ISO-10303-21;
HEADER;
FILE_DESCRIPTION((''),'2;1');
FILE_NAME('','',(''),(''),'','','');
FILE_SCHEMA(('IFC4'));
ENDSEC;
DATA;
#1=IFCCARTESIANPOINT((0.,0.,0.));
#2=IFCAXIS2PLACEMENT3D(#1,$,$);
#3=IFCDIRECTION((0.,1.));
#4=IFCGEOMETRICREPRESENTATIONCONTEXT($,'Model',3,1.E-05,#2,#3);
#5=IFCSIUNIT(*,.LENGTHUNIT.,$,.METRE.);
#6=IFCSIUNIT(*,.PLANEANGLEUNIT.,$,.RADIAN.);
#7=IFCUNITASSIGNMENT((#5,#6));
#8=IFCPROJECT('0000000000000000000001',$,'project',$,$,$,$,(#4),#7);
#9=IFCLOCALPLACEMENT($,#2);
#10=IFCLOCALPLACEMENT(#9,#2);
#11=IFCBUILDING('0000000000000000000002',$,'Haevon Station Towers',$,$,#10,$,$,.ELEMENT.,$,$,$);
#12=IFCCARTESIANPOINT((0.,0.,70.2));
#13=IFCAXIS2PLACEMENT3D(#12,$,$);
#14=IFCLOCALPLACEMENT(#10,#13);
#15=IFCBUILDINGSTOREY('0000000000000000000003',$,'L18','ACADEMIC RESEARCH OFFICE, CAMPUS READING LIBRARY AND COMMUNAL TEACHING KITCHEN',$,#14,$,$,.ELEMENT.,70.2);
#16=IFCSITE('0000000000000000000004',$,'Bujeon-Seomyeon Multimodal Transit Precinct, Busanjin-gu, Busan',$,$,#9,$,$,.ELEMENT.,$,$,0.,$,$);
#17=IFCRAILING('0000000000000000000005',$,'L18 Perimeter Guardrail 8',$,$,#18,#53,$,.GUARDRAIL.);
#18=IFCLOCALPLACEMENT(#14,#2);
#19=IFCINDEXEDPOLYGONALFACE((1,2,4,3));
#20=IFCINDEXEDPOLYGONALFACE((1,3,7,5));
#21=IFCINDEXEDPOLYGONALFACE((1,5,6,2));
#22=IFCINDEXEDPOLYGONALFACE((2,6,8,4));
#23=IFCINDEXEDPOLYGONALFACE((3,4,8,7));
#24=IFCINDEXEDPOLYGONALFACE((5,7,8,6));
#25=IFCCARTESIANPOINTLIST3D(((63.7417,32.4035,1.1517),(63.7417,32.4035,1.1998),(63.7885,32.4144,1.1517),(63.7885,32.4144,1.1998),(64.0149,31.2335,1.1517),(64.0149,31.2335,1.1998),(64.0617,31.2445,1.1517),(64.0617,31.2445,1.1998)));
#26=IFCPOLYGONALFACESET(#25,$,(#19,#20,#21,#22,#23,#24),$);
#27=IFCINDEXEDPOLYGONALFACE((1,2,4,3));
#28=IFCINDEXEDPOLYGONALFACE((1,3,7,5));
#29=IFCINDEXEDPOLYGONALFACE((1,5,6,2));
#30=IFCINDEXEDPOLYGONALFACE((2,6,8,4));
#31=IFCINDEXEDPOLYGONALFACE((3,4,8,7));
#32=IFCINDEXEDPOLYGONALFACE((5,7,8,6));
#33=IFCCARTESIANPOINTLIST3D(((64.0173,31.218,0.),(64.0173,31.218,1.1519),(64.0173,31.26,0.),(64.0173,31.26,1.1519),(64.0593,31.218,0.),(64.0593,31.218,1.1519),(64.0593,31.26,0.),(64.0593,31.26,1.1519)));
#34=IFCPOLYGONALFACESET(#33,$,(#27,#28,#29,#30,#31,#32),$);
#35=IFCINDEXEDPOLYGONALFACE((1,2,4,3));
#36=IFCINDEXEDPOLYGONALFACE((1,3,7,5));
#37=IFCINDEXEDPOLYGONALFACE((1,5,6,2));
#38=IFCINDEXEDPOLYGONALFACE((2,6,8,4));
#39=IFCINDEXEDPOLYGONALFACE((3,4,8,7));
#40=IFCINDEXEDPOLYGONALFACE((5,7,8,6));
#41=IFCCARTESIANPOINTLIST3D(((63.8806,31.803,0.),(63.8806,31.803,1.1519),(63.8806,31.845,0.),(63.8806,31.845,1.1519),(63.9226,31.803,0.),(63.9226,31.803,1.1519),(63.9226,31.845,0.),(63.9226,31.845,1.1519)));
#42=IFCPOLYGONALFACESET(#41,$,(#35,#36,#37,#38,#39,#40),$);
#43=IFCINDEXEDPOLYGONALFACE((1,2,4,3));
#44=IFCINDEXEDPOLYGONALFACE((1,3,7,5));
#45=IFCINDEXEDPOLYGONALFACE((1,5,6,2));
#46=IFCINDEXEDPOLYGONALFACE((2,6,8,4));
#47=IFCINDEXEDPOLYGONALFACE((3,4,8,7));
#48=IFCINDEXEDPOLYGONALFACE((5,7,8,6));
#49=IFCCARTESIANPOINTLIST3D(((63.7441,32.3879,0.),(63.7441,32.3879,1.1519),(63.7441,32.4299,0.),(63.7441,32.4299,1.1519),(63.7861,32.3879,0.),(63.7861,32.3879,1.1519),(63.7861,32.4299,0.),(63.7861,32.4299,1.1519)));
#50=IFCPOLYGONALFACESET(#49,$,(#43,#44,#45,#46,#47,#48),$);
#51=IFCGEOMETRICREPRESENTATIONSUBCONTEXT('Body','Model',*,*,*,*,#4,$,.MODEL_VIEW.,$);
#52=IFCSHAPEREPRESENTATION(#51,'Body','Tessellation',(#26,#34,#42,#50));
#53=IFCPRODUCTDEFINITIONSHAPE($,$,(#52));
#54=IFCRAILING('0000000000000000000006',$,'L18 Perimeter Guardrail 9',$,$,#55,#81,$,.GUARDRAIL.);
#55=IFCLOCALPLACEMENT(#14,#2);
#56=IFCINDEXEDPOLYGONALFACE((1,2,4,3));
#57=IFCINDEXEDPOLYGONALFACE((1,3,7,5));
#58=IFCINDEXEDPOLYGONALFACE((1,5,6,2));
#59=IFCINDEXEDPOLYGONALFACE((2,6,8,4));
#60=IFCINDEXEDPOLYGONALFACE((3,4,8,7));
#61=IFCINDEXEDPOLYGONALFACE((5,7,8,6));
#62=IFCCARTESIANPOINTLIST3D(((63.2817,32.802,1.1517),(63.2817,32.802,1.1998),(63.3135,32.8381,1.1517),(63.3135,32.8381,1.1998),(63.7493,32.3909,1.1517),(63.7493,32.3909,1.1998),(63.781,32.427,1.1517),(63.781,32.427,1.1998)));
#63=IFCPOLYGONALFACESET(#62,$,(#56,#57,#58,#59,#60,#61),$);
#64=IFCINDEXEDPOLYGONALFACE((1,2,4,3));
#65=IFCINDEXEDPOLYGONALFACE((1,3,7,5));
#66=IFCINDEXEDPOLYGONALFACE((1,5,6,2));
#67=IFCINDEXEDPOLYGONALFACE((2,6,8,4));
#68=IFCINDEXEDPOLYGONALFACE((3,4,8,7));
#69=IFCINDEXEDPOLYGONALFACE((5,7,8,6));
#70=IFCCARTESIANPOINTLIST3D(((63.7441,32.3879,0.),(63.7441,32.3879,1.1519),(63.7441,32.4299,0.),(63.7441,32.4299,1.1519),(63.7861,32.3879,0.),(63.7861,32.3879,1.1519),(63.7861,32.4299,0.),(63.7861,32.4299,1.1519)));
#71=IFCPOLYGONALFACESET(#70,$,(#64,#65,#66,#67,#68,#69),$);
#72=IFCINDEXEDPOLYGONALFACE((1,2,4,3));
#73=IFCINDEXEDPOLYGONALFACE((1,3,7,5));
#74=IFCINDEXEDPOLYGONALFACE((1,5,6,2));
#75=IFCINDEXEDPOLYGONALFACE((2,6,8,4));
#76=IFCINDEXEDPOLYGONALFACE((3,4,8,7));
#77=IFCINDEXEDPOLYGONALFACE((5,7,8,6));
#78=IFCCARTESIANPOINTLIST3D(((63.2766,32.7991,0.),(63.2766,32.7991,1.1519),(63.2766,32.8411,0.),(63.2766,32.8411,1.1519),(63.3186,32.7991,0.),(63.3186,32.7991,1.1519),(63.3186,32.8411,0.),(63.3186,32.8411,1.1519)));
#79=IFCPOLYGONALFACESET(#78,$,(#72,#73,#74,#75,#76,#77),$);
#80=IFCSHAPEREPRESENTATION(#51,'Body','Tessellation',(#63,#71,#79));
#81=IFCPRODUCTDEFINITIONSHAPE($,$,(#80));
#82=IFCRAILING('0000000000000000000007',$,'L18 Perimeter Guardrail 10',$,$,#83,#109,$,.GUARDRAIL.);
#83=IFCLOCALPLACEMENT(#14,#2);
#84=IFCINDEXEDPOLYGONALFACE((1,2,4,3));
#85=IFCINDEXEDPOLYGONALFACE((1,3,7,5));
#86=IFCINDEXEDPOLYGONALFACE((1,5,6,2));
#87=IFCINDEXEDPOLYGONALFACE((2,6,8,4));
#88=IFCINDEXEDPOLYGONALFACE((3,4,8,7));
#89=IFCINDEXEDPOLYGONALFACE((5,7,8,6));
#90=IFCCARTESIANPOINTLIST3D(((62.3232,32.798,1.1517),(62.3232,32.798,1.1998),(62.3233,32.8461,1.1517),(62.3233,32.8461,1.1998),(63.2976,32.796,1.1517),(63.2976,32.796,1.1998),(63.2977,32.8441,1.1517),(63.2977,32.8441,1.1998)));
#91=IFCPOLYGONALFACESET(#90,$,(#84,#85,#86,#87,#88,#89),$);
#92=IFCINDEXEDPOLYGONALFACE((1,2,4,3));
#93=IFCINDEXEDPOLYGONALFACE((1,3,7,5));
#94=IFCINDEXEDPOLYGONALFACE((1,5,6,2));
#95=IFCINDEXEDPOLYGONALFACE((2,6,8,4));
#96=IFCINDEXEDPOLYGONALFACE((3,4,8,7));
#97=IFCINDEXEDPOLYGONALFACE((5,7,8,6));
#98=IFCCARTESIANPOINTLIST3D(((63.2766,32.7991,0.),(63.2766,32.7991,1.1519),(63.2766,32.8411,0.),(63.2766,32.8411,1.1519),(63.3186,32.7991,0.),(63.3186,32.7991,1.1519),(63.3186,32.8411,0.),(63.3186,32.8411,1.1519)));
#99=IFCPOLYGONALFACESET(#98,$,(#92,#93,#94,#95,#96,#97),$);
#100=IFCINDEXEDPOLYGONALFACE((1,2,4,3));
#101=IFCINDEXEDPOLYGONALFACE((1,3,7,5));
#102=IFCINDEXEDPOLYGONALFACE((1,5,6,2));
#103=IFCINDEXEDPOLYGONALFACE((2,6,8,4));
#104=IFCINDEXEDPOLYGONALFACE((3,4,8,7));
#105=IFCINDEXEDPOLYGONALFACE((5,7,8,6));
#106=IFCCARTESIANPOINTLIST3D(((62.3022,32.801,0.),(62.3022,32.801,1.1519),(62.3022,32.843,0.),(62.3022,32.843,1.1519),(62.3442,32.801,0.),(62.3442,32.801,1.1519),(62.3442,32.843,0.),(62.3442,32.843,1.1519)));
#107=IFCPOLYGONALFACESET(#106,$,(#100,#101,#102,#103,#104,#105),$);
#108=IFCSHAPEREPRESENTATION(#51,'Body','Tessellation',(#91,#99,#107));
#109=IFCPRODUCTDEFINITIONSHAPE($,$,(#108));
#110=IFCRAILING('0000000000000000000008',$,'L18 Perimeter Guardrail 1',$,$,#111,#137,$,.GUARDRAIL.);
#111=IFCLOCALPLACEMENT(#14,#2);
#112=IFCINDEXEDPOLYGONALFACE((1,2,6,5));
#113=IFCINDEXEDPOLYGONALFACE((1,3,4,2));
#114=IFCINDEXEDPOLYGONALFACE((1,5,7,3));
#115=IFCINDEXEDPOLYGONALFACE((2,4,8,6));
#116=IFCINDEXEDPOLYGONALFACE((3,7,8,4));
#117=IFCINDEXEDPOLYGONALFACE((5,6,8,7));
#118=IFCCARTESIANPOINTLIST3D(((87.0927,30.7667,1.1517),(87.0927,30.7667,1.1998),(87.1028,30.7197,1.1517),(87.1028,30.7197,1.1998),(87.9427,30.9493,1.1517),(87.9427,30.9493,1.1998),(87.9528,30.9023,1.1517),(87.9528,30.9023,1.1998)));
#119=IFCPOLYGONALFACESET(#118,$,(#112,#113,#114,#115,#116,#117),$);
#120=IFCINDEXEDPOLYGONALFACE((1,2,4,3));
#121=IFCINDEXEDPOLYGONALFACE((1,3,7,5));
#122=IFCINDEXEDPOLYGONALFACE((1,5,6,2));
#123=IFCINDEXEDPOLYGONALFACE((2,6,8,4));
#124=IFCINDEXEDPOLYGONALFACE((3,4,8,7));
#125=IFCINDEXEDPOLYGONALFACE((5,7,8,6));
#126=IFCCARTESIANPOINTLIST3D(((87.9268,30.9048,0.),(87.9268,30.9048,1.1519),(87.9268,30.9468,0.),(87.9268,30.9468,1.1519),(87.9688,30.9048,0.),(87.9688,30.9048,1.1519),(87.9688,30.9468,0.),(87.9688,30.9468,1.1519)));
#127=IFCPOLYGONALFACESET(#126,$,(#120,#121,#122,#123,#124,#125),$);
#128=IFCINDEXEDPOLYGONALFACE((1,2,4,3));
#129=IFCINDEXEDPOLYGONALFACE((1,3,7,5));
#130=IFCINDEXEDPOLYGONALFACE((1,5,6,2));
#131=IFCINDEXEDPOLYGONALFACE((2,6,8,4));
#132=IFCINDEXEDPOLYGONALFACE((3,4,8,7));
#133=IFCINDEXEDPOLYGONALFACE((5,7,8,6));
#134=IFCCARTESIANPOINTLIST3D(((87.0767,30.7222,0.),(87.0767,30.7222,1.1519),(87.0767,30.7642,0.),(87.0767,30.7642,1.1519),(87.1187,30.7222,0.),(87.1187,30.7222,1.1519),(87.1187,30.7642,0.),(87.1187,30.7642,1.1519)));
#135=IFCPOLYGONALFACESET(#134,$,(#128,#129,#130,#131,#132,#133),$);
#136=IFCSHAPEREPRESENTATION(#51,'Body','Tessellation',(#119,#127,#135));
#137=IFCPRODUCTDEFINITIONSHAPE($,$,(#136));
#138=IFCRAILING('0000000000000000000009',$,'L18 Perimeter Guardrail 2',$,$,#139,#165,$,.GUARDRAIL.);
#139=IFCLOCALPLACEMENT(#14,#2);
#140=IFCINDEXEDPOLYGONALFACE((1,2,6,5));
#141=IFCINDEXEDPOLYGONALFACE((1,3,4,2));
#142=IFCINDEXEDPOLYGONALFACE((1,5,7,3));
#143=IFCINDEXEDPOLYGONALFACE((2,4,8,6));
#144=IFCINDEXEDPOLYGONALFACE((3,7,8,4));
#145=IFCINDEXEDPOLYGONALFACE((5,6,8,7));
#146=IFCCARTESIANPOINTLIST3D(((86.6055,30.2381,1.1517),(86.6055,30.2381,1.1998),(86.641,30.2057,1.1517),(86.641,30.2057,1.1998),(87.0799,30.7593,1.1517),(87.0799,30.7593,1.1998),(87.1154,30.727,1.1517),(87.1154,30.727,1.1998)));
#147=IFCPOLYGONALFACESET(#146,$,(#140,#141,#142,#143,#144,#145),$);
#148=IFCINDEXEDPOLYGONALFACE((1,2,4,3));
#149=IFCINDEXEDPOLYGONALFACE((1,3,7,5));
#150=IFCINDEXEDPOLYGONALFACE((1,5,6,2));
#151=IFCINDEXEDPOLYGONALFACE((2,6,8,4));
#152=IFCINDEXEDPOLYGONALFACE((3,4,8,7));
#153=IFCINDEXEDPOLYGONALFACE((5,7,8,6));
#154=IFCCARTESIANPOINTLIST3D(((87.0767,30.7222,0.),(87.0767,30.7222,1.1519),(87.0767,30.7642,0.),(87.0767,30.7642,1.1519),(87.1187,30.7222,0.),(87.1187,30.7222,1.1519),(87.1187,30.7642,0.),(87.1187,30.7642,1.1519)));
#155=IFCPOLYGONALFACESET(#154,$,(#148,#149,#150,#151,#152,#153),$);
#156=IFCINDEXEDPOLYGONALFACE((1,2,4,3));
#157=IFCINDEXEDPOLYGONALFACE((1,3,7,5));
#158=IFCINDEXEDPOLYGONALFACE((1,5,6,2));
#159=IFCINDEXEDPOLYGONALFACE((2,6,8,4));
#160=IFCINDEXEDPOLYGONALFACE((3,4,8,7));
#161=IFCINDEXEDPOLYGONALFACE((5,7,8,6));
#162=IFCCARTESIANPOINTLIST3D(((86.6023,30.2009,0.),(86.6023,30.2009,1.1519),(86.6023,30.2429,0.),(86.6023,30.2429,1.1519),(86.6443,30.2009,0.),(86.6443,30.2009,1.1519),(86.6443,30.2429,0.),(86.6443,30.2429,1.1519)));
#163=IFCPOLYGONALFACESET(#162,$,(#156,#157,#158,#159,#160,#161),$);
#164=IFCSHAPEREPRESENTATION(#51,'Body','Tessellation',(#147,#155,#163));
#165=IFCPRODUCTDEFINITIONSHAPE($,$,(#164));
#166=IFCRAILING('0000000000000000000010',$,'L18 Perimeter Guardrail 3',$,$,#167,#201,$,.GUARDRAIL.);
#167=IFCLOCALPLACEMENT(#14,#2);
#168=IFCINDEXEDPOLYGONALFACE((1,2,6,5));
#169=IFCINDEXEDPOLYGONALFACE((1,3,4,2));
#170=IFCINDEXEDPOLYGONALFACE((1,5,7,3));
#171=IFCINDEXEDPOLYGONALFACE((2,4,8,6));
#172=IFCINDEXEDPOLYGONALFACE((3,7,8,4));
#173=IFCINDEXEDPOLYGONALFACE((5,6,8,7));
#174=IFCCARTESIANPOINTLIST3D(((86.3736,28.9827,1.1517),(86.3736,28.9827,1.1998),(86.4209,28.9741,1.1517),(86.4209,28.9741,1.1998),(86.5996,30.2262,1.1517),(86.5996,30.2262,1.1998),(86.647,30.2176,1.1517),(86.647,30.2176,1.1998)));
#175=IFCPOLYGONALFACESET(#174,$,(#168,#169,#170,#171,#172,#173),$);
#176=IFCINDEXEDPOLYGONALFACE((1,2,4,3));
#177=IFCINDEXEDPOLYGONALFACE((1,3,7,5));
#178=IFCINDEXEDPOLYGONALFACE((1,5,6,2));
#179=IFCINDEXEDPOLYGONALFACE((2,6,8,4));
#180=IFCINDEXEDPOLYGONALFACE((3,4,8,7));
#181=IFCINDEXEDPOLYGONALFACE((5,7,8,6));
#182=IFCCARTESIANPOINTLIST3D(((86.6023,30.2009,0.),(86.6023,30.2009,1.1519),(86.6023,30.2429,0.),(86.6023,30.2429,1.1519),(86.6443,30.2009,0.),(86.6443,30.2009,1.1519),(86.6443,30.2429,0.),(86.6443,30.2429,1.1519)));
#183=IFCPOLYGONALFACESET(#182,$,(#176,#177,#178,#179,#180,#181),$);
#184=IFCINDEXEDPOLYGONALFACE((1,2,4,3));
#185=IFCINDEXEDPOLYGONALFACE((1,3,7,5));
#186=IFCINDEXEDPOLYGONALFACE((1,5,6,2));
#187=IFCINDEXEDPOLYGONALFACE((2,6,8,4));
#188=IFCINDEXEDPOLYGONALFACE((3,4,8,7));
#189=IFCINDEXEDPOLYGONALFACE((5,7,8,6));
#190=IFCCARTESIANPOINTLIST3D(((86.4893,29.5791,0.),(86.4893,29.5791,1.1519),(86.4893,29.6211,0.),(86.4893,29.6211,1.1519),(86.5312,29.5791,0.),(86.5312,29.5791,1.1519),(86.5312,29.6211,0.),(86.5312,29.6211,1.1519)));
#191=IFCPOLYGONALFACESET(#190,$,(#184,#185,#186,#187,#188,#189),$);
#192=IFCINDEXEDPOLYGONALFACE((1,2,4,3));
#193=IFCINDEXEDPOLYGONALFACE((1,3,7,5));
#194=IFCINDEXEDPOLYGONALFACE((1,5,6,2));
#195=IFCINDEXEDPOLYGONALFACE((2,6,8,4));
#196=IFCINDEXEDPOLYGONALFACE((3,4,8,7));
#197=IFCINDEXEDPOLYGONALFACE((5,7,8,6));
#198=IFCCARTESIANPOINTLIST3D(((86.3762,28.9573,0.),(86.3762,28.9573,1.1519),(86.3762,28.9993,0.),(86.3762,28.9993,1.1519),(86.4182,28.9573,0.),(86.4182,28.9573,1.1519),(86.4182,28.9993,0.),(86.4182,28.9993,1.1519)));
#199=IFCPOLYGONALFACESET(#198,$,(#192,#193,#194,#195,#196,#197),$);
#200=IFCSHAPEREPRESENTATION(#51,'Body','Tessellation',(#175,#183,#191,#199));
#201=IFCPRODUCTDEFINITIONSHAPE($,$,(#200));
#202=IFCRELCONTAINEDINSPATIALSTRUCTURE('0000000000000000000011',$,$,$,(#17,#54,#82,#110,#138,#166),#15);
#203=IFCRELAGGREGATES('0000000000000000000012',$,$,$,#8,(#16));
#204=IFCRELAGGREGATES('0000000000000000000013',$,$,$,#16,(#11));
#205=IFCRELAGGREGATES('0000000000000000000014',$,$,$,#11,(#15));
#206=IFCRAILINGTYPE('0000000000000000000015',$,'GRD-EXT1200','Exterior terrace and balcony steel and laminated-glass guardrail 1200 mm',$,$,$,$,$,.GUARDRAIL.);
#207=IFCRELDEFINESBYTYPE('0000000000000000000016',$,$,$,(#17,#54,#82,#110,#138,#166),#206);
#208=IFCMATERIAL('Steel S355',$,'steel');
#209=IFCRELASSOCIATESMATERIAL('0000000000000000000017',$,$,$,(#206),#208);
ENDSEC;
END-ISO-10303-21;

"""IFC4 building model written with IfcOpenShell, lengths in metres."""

from ifc_helpers import new_model, si_unit, direction, frame, origin, origin_2d, place, context, subcontext, project, spatial, rectangle, extrude, material, type_object, element, save


model = new_model("IFC4")

# Units and contexts
model_context = context("Model", 3, precision=1e-05, world=origin(), true_north=direction((0.0, 1.0)))
body_context = subcontext(model_context, "Body", "Model", "MODEL_VIEW")
ifc_project = project(units=[si_unit("LENGTHUNIT", "METRE"), si_unit("PLANEANGLEUNIT", "RADIAN")], contexts=[model_context])

# Site, building, storey
site_placement = place(None, origin())
site = spatial("IfcSite", under=ifc_project, at=site_placement, Name="Bujeon-Seomyeon Multimodal Transit Precinct, Busanjin-gu, Busan", CompositionType="ELEMENT", RefElevation=0.0)
building_placement = place(site_placement, origin())
building = spatial("IfcBuilding", under=site, at=building_placement, Name="Haevon Station Towers", CompositionType="ELEMENT")
storey_placement = place(building_placement, frame((0.0, 0.0, 70.2)))
storey = spatial("IfcBuildingStorey", under=building, at=storey_placement, Name="L18", Description="ACADEMIC RESEARCH OFFICE, CAMPUS READING LIBRARY AND COMMUNAL TEACHING KITCHEN", CompositionType="ELEMENT", Elevation=70.2)

# Shared definitions
ifc_material_1 = material(Name="Steel S355", Category="steel")

# Railings
railing_type = type_object("IfcRailingType", Name="GRD-EXT1200", Description="Exterior terrace and balcony steel and laminated-glass guardrail 1200 mm", PredefinedType="GUARDRAIL", material=ifc_material_1)
railing_1_placement = place(storey_placement, frame((64.0383, 31.239, 0.0)))
element("IfcRailing", 1, at=railing_1_placement, inside=storey, type_object=railing_type, Name="L18 Perimeter Guardrail 8", PredefinedType="GUARDRAIL", context=body_context, shape_type="SweptSolid", body=[
    extrude(rectangle(XDim=0.0481, YDim=0.0481, at=origin_2d()), frame((0.0, 0.0, 1.1758), z_axis=(-0.227397, 0.973802, 0.0), x_axis=(-0.973802, -0.227397, 0.0)), (0.0, 0.0, 1.0), 1.2014),
    extrude(rectangle(XDim=0.042, YDim=0.042, at=origin_2d()), origin(), (0.0, 0.0, 1.0), 1.1519),
    extrude(rectangle(XDim=0.042, YDim=0.042, at=origin_2d()), frame((-0.1367, 0.585, 0.0)), (0.0, 0.0, 1.0), 1.1519),
    extrude(rectangle(XDim=0.042, YDim=0.042, at=origin_2d()), frame((-0.2732, 1.1699, 0.0)), (0.0, 0.0, 1.0), 1.1519),
])
railing_2_placement = place(storey_placement, frame((63.7651, 32.4089, 0.0)))
element("IfcRailing", 2, at=railing_2_placement, inside=storey, type_object=railing_type, Name="L18 Perimeter Guardrail 9", PredefinedType="GUARDRAIL", context=body_context, shape_type="SweptSolid", body=[
    extrude(rectangle(XDim=0.0481, YDim=0.0481, at=origin_2d()), frame((0.0, 0.0, 1.1758), z_axis=(-0.750947, 0.660363, 0.0), x_axis=(-0.660363, -0.750947, 0.0)), (0.0, 0.0, 1.0), 0.6226),
    extrude(rectangle(XDim=0.042, YDim=0.042, at=origin_2d()), origin(), (0.0, 0.0, 1.0), 1.1519),
    extrude(rectangle(XDim=0.042, YDim=0.042, at=origin_2d()), frame((-0.4675, 0.4111, 0.0)), (0.0, 0.0, 1.0), 1.1519),
])
railing_3_placement = place(storey_placement, frame((63.2976, 32.8201, 0.0)))
element("IfcRailing", 3, at=railing_3_placement, inside=storey, type_object=railing_type, Name="L18 Perimeter Guardrail 10", PredefinedType="GUARDRAIL", context=body_context, shape_type="SweptSolid", body=[
    extrude(rectangle(XDim=0.0481, YDim=0.0481, at=origin_2d()), frame((0.0, 0.0, 1.1758), z_axis=(-0.999998, 0.002005, 0.0), x_axis=(-0.002005, -0.999998, 0.0)), (0.0, 0.0, 1.0), 0.9744),
    extrude(rectangle(XDim=0.042, YDim=0.042, at=origin_2d()), origin(), (0.0, 0.0, 1.0), 1.1519),
    extrude(rectangle(XDim=0.042, YDim=0.042, at=origin_2d()), frame((-0.9744, 0.002, 0.0)), (0.0, 0.0, 1.0), 1.1519),
])
railing_4_placement = place(storey_placement, frame((87.9478, 30.9258, 0.0)))
element("IfcRailing", 4, at=railing_4_placement, inside=storey, type_object=railing_type, Name="L18 Perimeter Guardrail 1", PredefinedType="GUARDRAIL", context=body_context, shape_type="SweptSolid", body=[
    extrude(rectangle(XDim=0.0481, YDim=0.0481, at=origin_2d()), frame((0.0, 0.0, 1.1758), z_axis=(-0.977695, -0.210028, 0.0), x_axis=(0.210028, -0.977695, 0.0)), (0.0, 0.0, 1.0), 0.8694),
    extrude(rectangle(XDim=0.042, YDim=0.042, at=origin_2d()), origin(), (0.0, 0.0, 1.0), 1.1519),
    extrude(rectangle(XDim=0.042, YDim=0.042, at=origin_2d()), frame((-0.8501, -0.1826, 0.0)), (0.0, 0.0, 1.0), 1.1519),
])
railing_5_placement = place(storey_placement, frame((87.0977, 30.7432, 0.0)))
element("IfcRailing", 5, at=railing_5_placement, inside=storey, type_object=railing_type, Name="L18 Perimeter Guardrail 2", PredefinedType="GUARDRAIL", context=body_context, shape_type="SweptSolid", body=[
    extrude(rectangle(XDim=0.0481, YDim=0.0481, at=origin_2d()), frame((0.0, 0.0, 1.1758), z_axis=(-0.673069, -0.739579, 0.0), x_axis=(0.739579, -0.673069, 0.0)), (0.0, 0.0, 1.0), 0.7048),
    extrude(rectangle(XDim=0.042, YDim=0.042, at=origin_2d()), origin(), (0.0, 0.0, 1.0), 1.1519),
    extrude(rectangle(XDim=0.042, YDim=0.042, at=origin_2d()), frame((-0.4744, -0.5212, 0.0)), (0.0, 0.0, 1.0), 1.1519),
])
railing_6_placement = place(storey_placement, frame((86.6233, 30.2219, 0.0)))
element("IfcRailing", 6, at=railing_6_placement, inside=storey, type_object=railing_type, Name="L18 Perimeter Guardrail 3", PredefinedType="GUARDRAIL", context=body_context, shape_type="SweptSolid", body=[
    extrude(rectangle(XDim=0.0481, YDim=0.0481, at=origin_2d()), frame((0.0, 0.0, 1.1758), z_axis=(-0.178851, -0.983876, 0.0), x_axis=(0.983876, -0.178851, 0.0)), (0.0, 0.0, 1.0), 1.2639),
    extrude(rectangle(XDim=0.042, YDim=0.042, at=origin_2d()), origin(), (0.0, 0.0, 1.0), 1.1519),
    extrude(rectangle(XDim=0.042, YDim=0.042, at=origin_2d()), frame((-0.113, -0.6218, 0.0)), (0.0, 0.0, 1.0), 1.1519),
    extrude(rectangle(XDim=0.042, YDim=0.042, at=origin_2d()), frame((-0.2261, -1.2437, 0.0)), (0.0, 0.0, 1.0), 1.1519),
])

save(model, "model.ifc")
